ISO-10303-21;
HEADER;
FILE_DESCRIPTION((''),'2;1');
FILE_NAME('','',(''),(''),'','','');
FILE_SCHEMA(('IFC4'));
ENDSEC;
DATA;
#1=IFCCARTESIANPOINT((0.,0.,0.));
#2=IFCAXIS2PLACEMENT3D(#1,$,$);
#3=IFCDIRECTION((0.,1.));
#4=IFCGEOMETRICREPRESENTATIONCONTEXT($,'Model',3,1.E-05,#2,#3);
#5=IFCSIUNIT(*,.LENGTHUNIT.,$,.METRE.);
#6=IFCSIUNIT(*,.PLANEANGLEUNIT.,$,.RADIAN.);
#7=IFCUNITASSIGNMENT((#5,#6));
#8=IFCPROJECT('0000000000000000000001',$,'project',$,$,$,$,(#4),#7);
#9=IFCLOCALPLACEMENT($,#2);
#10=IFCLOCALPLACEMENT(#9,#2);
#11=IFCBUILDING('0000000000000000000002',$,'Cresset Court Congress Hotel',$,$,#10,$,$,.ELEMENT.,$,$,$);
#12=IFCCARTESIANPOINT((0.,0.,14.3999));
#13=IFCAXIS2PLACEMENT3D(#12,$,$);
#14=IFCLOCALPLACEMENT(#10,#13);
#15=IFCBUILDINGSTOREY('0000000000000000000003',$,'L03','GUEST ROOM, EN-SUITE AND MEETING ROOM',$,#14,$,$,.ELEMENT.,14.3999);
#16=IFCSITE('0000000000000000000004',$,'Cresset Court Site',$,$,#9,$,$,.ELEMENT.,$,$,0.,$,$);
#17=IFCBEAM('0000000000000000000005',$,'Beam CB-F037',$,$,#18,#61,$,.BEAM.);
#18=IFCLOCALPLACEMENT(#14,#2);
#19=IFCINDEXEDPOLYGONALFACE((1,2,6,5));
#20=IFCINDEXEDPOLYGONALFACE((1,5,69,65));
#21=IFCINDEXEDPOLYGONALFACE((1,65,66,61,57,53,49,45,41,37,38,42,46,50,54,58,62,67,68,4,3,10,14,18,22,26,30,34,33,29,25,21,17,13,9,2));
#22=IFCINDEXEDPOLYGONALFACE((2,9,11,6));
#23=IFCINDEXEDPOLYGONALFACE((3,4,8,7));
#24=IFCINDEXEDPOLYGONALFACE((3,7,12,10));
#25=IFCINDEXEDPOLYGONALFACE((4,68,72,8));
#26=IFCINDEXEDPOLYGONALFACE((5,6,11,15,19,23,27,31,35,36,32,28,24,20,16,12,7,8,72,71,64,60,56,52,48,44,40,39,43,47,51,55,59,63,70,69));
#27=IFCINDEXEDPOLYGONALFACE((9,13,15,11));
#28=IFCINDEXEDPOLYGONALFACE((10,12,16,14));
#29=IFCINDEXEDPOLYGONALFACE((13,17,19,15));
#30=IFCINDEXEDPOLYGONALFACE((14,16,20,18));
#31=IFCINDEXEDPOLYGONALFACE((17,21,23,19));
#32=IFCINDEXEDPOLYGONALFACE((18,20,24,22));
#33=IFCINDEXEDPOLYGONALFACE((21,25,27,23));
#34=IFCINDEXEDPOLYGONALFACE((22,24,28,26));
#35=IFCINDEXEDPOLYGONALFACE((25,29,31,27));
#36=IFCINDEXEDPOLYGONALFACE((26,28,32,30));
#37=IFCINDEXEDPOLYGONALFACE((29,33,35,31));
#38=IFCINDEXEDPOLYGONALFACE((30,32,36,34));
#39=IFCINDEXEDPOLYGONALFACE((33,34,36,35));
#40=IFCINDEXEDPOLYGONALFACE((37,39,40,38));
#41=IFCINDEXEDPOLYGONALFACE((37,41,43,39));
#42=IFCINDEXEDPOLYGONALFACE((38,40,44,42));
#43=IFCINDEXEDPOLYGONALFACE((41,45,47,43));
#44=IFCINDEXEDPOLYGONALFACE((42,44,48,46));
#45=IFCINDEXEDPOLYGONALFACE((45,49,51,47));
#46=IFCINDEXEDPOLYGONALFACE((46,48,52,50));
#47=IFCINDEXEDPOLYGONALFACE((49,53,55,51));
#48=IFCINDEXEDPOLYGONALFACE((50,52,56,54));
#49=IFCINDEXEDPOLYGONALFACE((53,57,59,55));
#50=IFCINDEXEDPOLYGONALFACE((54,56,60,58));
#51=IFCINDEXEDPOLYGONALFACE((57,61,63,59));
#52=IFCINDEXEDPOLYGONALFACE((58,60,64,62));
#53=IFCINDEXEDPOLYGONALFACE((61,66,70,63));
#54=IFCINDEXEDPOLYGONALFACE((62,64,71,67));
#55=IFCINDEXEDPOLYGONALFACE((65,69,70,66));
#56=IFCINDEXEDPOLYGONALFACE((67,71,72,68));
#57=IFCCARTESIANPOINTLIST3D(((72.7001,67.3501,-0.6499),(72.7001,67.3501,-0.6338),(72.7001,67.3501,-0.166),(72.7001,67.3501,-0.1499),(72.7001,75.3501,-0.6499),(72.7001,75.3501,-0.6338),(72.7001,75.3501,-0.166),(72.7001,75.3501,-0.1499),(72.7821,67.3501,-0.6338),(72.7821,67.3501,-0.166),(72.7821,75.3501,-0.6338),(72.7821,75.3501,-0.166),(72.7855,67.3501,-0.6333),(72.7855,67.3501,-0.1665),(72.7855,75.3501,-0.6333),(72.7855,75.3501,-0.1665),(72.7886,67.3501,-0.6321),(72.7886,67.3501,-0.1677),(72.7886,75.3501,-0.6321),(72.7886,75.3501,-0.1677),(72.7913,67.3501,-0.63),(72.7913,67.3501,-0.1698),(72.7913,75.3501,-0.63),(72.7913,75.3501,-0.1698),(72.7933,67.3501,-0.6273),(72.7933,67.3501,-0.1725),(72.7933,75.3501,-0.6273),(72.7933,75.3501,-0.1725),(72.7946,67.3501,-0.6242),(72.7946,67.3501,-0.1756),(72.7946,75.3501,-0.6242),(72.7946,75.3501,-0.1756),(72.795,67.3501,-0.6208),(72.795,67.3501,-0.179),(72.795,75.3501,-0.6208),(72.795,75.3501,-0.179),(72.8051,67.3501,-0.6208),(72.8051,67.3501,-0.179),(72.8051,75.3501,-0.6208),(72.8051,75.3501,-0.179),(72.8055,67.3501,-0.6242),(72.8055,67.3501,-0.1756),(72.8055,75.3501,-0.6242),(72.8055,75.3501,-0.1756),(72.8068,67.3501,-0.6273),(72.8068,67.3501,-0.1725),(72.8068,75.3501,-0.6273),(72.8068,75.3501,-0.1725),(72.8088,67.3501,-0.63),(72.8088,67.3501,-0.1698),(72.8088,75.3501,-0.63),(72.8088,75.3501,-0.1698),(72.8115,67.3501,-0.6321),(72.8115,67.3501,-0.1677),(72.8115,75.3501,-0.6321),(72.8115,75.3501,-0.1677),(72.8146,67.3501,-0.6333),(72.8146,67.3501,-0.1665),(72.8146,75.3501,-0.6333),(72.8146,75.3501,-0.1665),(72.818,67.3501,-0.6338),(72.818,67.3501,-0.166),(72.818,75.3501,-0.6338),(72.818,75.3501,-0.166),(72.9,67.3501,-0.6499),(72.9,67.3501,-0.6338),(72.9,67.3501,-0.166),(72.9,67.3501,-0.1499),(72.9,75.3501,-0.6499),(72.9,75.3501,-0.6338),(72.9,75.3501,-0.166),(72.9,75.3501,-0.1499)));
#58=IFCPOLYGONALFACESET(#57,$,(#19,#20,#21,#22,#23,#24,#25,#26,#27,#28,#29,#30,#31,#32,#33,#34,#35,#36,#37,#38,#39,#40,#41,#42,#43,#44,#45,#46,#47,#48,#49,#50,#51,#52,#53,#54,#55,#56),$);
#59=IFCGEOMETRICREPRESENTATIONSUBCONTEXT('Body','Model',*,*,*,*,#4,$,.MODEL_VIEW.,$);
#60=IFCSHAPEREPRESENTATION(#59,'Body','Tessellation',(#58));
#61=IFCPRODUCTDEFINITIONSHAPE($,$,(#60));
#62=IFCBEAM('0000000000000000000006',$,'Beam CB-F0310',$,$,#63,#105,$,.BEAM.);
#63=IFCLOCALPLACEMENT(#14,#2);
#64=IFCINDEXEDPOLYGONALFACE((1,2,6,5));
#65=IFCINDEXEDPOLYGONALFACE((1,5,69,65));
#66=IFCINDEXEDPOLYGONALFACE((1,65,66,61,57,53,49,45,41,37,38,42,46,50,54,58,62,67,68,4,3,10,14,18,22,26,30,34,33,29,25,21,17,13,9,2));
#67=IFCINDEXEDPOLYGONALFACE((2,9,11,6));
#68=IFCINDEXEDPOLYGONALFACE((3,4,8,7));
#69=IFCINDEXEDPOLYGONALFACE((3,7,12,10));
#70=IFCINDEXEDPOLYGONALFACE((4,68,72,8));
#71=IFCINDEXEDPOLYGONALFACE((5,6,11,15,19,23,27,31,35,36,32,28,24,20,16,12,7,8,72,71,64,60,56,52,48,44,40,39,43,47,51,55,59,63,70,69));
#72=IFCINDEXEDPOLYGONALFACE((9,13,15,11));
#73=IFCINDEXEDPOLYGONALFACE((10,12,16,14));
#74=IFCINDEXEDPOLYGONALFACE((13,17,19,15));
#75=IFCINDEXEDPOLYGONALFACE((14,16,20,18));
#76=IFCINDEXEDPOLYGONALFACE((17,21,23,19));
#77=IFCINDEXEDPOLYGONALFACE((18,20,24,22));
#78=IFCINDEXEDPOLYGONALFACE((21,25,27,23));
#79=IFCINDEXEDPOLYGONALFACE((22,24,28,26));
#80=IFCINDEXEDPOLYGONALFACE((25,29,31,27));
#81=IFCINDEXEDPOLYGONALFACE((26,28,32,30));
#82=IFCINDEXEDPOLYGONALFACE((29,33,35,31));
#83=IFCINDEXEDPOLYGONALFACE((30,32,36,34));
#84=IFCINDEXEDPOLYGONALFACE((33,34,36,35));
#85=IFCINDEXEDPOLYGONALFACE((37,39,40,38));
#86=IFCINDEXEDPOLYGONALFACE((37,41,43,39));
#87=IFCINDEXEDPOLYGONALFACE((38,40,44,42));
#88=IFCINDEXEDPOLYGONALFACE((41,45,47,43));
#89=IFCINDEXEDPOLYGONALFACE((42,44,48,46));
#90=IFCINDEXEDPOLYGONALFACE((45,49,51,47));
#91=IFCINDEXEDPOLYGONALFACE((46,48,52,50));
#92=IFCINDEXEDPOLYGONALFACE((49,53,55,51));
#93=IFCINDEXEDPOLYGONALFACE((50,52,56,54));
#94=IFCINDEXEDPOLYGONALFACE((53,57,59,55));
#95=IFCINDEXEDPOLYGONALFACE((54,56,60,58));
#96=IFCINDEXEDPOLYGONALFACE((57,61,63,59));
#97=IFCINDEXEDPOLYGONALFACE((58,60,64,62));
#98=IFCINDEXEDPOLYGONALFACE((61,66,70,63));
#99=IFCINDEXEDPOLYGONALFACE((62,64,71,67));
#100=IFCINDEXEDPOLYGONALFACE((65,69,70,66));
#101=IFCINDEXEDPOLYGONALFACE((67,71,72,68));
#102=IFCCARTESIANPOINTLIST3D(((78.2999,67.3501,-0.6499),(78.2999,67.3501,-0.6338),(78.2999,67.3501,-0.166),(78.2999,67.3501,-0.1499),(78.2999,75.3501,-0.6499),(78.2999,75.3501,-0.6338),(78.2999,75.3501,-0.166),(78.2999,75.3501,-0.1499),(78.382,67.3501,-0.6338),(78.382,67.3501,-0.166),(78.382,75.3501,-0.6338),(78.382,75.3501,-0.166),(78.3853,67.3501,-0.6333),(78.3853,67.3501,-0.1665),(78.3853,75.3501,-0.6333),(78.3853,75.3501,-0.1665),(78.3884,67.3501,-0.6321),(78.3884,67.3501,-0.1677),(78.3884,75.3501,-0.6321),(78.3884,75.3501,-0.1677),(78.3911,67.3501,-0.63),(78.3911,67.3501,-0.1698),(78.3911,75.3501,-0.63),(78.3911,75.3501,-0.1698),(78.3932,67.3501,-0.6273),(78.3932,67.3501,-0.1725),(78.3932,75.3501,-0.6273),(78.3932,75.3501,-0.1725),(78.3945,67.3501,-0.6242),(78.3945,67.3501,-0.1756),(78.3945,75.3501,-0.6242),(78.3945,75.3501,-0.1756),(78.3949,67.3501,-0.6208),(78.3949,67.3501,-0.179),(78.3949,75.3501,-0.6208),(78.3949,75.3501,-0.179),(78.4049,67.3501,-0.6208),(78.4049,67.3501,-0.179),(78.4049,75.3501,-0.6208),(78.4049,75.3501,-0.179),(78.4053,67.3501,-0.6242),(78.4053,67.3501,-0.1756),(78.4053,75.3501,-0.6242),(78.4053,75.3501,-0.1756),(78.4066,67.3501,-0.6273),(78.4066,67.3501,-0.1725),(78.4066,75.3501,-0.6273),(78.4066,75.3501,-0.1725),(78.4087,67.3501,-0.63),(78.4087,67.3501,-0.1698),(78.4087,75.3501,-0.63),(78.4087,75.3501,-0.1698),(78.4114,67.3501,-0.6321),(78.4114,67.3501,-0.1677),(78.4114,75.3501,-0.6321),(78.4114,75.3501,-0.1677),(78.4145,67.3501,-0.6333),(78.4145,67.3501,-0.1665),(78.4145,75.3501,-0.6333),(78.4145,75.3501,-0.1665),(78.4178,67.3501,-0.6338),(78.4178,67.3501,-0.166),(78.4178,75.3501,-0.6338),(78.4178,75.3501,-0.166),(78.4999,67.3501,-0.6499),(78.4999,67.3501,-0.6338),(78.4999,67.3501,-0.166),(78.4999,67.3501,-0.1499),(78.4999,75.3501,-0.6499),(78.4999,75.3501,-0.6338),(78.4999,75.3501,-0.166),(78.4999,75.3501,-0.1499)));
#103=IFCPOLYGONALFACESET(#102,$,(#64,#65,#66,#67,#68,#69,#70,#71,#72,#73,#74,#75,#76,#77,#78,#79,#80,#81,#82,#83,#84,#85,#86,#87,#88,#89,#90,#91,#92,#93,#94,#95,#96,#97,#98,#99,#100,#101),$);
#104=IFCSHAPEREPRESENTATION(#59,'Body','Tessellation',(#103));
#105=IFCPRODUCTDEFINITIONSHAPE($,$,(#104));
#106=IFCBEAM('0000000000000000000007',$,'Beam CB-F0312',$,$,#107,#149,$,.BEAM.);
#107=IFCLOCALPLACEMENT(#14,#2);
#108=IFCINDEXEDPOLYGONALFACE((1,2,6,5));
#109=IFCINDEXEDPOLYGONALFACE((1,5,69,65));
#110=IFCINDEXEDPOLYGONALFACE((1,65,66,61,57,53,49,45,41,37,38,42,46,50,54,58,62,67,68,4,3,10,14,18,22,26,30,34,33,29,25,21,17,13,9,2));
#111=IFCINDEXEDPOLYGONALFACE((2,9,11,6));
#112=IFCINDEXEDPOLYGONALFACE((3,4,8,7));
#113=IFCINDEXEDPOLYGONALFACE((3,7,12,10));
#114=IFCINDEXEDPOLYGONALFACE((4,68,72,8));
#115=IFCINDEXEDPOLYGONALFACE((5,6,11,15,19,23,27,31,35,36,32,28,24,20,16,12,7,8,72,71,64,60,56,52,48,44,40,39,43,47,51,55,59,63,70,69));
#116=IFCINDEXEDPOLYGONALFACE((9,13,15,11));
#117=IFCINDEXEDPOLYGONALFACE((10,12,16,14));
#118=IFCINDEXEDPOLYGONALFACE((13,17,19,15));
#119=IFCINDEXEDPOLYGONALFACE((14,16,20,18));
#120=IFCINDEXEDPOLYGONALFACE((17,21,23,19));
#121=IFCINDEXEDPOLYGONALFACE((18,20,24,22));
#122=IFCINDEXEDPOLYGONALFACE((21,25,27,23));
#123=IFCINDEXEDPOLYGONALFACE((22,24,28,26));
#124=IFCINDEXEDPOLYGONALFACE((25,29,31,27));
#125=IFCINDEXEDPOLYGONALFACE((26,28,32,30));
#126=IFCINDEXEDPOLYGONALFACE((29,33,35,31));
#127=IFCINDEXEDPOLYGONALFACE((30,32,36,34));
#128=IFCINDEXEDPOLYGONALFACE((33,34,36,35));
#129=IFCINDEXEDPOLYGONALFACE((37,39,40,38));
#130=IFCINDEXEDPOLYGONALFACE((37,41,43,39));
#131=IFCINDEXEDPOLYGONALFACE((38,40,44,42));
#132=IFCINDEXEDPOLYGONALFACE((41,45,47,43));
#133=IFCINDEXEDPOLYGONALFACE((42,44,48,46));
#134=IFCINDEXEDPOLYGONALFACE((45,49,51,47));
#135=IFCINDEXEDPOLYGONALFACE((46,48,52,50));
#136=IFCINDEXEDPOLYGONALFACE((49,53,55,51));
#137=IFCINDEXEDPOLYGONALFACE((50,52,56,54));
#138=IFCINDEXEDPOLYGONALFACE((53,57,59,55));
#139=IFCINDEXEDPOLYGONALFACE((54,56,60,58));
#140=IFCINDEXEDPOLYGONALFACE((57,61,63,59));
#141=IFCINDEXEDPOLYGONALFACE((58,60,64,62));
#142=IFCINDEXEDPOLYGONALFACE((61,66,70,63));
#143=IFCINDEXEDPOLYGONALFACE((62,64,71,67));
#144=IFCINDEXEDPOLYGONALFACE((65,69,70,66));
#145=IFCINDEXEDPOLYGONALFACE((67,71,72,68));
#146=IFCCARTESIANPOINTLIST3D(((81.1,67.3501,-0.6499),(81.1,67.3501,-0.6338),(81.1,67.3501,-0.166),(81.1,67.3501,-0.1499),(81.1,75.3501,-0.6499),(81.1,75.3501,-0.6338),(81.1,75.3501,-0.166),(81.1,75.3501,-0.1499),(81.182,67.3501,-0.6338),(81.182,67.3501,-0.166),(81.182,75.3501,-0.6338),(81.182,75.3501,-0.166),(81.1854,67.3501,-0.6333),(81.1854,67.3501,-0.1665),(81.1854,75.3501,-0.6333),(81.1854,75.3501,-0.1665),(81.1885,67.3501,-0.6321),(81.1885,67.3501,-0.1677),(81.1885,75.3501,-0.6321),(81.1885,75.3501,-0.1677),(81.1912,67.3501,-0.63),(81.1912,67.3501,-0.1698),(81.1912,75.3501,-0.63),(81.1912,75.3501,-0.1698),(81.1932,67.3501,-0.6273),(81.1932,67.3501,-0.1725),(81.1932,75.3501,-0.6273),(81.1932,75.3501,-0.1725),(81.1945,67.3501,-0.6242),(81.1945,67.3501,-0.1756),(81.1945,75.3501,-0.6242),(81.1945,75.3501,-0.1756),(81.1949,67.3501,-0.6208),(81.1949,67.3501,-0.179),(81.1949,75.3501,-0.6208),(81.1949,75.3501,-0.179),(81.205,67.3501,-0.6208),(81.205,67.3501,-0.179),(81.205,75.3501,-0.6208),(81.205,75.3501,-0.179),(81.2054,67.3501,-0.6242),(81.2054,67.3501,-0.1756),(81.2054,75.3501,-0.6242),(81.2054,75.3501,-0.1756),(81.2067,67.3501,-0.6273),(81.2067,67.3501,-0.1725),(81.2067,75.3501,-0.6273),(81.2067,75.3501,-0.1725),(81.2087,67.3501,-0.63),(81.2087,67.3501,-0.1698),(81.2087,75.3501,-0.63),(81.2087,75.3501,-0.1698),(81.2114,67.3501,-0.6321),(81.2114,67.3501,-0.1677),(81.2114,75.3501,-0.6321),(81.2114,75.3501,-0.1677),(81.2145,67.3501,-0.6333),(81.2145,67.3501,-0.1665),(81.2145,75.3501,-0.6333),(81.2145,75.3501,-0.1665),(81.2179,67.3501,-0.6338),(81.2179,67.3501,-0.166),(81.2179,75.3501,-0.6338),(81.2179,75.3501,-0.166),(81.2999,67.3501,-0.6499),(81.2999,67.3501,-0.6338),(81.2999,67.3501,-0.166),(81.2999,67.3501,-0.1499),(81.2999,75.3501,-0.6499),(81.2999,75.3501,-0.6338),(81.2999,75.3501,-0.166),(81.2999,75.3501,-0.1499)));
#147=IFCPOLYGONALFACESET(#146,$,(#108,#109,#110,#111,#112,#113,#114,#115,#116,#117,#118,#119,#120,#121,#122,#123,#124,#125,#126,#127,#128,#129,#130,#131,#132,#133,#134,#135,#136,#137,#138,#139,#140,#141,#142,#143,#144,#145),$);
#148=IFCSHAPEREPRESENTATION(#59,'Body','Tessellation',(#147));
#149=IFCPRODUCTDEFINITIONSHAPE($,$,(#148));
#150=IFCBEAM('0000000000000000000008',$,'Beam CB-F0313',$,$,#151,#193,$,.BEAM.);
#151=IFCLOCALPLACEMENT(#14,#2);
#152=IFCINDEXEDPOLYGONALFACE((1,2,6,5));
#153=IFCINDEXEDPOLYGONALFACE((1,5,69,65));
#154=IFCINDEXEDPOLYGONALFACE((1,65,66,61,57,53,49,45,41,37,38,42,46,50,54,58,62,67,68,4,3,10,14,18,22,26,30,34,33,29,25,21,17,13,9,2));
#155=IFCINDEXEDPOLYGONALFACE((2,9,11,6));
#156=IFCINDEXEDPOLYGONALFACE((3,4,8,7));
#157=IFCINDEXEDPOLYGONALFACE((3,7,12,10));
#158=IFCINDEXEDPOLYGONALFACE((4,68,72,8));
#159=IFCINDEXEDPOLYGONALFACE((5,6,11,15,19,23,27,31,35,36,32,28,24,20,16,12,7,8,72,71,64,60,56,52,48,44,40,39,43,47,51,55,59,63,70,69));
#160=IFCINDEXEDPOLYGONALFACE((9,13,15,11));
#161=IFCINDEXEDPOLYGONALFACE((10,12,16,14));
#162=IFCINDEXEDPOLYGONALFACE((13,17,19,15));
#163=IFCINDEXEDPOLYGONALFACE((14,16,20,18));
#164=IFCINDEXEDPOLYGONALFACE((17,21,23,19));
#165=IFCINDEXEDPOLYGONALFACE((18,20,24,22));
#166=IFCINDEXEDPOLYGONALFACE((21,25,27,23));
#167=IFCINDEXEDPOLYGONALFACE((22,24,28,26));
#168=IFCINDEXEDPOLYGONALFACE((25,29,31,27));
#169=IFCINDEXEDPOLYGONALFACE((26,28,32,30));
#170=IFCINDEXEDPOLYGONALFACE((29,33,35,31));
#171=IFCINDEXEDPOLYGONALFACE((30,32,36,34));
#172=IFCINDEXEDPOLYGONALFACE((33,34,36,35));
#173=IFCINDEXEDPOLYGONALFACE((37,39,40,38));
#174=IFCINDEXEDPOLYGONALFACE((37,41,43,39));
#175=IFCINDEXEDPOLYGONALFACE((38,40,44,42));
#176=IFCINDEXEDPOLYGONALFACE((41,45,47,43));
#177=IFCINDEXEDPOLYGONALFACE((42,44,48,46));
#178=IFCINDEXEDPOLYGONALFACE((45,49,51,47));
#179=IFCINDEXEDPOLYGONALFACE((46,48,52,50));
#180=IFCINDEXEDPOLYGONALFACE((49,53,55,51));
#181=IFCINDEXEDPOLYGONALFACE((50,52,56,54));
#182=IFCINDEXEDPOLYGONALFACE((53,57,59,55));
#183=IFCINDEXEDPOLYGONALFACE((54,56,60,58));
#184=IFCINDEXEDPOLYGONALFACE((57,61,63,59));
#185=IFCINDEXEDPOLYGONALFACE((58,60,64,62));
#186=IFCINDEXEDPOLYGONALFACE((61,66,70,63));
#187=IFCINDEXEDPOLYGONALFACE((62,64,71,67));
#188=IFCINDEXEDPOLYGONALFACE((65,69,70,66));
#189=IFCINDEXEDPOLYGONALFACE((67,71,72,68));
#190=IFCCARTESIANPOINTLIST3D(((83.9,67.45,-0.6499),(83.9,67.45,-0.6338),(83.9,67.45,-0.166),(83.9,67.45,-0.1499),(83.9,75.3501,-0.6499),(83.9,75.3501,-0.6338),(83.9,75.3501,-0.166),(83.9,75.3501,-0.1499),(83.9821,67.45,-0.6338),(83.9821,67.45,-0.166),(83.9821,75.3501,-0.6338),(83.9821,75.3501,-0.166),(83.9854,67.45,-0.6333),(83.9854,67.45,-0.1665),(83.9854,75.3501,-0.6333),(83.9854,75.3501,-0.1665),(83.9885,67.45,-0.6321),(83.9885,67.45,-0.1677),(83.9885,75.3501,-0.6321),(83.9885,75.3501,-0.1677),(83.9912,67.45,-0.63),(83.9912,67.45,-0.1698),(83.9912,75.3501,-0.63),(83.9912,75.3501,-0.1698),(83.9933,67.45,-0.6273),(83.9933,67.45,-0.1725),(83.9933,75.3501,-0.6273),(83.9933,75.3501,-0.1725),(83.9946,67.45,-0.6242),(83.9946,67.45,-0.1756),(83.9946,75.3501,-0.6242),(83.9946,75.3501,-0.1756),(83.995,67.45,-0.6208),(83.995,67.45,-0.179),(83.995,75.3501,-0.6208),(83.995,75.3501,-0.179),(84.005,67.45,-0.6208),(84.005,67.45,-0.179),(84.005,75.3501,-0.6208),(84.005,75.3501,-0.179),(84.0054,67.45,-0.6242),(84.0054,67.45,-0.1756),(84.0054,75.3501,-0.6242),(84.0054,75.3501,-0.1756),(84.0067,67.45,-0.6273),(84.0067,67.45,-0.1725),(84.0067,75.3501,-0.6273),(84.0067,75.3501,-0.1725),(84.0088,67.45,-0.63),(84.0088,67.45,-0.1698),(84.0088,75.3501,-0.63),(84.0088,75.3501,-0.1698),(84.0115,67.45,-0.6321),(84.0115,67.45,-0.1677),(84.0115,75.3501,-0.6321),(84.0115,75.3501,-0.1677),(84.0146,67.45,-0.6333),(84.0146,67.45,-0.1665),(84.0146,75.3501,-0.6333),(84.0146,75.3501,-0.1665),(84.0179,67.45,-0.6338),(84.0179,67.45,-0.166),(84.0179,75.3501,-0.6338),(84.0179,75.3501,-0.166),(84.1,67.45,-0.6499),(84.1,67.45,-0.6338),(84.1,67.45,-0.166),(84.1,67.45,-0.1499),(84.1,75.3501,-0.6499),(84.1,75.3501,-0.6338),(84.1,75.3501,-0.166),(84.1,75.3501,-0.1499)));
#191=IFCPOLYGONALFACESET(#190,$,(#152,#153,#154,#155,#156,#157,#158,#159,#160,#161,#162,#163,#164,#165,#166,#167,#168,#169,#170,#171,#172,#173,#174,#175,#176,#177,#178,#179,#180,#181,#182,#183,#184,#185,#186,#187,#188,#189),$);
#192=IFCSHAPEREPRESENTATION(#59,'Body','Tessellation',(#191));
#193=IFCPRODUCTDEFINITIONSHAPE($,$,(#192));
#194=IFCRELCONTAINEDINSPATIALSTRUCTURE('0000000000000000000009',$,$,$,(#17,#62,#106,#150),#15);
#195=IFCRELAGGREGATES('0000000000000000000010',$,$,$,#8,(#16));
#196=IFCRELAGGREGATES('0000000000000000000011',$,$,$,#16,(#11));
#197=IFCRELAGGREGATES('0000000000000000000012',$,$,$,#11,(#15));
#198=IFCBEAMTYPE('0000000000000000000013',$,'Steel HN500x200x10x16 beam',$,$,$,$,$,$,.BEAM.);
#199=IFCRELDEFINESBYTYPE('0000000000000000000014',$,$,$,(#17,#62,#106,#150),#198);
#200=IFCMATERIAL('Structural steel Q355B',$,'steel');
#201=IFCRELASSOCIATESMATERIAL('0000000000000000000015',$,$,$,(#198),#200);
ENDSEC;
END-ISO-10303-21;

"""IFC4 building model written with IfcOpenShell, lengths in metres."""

from ifc_helpers import new_model, si_unit, direction, frame, origin, origin_2d, place, context, subcontext, project, spatial, i_section, extrude, material, material_profile, profile_set, type_object, element, save


model = new_model("IFC4")

# Units and contexts
model_context = context("Model", 3, precision=1e-05, world=origin(), true_north=direction((0.0, 1.0)))
body_context = subcontext(model_context, "Body", "Model", "MODEL_VIEW")
ifc_project = project(units=[si_unit("LENGTHUNIT", "METRE"), si_unit("PLANEANGLEUNIT", "RADIAN")], contexts=[model_context])

# Site, building, storey
site_placement = place(None, origin())
site = spatial("IfcSite", under=ifc_project, at=site_placement, Name="Cresset Court Site", CompositionType="ELEMENT", RefElevation=0.0)
building_placement = place(site_placement, origin())
building = spatial("IfcBuilding", under=site, at=building_placement, Name="Cresset Court Congress Hotel", CompositionType="ELEMENT")
storey_placement = place(building_placement, frame((0.0, 0.0, 14.3999)))
storey = spatial("IfcBuildingStorey", under=building, at=storey_placement, Name="L03", Description="GUEST ROOM, EN-SUITE AND MEETING ROOM", CompositionType="ELEMENT", Elevation=14.3999)

# Beams
ifc_material_1 = material(Name="Structural steel Q355B", Category="steel")
ifc_material_profile_1 = material_profile(ifc_material_1, i_section(OverallWidth=0.2, OverallDepth=0.5, WebThickness=0.01, FlangeThickness=0.0161, FilletRadius=0.0129, at=origin_2d()), Name="HN500x200x10x16")
ifc_profile_set_1 = profile_set([ifc_material_profile_1], Name="Structural steel Q355B")
beam_type_1 = type_object("IfcBeamType", Name="Steel HN500x200x10x16 beam", PredefinedType="BEAM", material=ifc_profile_set_1)
for number, where, z_axis, x_axis, name in (
    (1, (72.8, 67.3501, -0.3999), (0.0, 1.0, 0.0), (-1.0, 0.0, 0.0), "Beam CB-F037"),
    (2, (78.3999, 67.3501, -0.3999), (0.0, 1.0, 0.0), (-1.0, 0.0, 0.0), "Beam CB-F0310"),
    (3, (81.2, 67.3501, -0.3999), (0.0, 1.0, 0.0), (-1.0, 0.0, 0.0), "Beam CB-F0312"),
):
    element("IfcBeam", number, at=place(storey_placement, frame(where, z_axis=z_axis, x_axis=x_axis)), inside=storey, type_object=beam_type_1, Name=name, PredefinedType="BEAM", context=body_context, shape_type="SweptSolid", body=[
        extrude(i_section(OverallWidth=0.2, OverallDepth=0.5, WebThickness=0.01, FlangeThickness=0.0161, FilletRadius=0.0129, at=origin_2d()), origin(), (0.0, 0.0, 1.0), 8.0),
    ])
for number, where, z_axis, x_axis, name in (
    (4, (84.0, 67.45, -0.3999), (0.0, 1.0, 0.0), (-1.0, 0.0, 0.0), "Beam CB-F0313"),
):
    element("IfcBeam", number, at=place(storey_placement, frame(where, z_axis=z_axis, x_axis=x_axis)), inside=storey, type_object=beam_type_1, Name=name, PredefinedType="BEAM", context=body_context, shape_type="SweptSolid", body=[
        extrude(i_section(OverallWidth=0.2, OverallDepth=0.5, WebThickness=0.01, FlangeThickness=0.0161, FilletRadius=0.0129, at=origin_2d()), origin(), (0.0, 0.0, 1.0), 7.9001),
    ])

save(model, "model.ifc")
